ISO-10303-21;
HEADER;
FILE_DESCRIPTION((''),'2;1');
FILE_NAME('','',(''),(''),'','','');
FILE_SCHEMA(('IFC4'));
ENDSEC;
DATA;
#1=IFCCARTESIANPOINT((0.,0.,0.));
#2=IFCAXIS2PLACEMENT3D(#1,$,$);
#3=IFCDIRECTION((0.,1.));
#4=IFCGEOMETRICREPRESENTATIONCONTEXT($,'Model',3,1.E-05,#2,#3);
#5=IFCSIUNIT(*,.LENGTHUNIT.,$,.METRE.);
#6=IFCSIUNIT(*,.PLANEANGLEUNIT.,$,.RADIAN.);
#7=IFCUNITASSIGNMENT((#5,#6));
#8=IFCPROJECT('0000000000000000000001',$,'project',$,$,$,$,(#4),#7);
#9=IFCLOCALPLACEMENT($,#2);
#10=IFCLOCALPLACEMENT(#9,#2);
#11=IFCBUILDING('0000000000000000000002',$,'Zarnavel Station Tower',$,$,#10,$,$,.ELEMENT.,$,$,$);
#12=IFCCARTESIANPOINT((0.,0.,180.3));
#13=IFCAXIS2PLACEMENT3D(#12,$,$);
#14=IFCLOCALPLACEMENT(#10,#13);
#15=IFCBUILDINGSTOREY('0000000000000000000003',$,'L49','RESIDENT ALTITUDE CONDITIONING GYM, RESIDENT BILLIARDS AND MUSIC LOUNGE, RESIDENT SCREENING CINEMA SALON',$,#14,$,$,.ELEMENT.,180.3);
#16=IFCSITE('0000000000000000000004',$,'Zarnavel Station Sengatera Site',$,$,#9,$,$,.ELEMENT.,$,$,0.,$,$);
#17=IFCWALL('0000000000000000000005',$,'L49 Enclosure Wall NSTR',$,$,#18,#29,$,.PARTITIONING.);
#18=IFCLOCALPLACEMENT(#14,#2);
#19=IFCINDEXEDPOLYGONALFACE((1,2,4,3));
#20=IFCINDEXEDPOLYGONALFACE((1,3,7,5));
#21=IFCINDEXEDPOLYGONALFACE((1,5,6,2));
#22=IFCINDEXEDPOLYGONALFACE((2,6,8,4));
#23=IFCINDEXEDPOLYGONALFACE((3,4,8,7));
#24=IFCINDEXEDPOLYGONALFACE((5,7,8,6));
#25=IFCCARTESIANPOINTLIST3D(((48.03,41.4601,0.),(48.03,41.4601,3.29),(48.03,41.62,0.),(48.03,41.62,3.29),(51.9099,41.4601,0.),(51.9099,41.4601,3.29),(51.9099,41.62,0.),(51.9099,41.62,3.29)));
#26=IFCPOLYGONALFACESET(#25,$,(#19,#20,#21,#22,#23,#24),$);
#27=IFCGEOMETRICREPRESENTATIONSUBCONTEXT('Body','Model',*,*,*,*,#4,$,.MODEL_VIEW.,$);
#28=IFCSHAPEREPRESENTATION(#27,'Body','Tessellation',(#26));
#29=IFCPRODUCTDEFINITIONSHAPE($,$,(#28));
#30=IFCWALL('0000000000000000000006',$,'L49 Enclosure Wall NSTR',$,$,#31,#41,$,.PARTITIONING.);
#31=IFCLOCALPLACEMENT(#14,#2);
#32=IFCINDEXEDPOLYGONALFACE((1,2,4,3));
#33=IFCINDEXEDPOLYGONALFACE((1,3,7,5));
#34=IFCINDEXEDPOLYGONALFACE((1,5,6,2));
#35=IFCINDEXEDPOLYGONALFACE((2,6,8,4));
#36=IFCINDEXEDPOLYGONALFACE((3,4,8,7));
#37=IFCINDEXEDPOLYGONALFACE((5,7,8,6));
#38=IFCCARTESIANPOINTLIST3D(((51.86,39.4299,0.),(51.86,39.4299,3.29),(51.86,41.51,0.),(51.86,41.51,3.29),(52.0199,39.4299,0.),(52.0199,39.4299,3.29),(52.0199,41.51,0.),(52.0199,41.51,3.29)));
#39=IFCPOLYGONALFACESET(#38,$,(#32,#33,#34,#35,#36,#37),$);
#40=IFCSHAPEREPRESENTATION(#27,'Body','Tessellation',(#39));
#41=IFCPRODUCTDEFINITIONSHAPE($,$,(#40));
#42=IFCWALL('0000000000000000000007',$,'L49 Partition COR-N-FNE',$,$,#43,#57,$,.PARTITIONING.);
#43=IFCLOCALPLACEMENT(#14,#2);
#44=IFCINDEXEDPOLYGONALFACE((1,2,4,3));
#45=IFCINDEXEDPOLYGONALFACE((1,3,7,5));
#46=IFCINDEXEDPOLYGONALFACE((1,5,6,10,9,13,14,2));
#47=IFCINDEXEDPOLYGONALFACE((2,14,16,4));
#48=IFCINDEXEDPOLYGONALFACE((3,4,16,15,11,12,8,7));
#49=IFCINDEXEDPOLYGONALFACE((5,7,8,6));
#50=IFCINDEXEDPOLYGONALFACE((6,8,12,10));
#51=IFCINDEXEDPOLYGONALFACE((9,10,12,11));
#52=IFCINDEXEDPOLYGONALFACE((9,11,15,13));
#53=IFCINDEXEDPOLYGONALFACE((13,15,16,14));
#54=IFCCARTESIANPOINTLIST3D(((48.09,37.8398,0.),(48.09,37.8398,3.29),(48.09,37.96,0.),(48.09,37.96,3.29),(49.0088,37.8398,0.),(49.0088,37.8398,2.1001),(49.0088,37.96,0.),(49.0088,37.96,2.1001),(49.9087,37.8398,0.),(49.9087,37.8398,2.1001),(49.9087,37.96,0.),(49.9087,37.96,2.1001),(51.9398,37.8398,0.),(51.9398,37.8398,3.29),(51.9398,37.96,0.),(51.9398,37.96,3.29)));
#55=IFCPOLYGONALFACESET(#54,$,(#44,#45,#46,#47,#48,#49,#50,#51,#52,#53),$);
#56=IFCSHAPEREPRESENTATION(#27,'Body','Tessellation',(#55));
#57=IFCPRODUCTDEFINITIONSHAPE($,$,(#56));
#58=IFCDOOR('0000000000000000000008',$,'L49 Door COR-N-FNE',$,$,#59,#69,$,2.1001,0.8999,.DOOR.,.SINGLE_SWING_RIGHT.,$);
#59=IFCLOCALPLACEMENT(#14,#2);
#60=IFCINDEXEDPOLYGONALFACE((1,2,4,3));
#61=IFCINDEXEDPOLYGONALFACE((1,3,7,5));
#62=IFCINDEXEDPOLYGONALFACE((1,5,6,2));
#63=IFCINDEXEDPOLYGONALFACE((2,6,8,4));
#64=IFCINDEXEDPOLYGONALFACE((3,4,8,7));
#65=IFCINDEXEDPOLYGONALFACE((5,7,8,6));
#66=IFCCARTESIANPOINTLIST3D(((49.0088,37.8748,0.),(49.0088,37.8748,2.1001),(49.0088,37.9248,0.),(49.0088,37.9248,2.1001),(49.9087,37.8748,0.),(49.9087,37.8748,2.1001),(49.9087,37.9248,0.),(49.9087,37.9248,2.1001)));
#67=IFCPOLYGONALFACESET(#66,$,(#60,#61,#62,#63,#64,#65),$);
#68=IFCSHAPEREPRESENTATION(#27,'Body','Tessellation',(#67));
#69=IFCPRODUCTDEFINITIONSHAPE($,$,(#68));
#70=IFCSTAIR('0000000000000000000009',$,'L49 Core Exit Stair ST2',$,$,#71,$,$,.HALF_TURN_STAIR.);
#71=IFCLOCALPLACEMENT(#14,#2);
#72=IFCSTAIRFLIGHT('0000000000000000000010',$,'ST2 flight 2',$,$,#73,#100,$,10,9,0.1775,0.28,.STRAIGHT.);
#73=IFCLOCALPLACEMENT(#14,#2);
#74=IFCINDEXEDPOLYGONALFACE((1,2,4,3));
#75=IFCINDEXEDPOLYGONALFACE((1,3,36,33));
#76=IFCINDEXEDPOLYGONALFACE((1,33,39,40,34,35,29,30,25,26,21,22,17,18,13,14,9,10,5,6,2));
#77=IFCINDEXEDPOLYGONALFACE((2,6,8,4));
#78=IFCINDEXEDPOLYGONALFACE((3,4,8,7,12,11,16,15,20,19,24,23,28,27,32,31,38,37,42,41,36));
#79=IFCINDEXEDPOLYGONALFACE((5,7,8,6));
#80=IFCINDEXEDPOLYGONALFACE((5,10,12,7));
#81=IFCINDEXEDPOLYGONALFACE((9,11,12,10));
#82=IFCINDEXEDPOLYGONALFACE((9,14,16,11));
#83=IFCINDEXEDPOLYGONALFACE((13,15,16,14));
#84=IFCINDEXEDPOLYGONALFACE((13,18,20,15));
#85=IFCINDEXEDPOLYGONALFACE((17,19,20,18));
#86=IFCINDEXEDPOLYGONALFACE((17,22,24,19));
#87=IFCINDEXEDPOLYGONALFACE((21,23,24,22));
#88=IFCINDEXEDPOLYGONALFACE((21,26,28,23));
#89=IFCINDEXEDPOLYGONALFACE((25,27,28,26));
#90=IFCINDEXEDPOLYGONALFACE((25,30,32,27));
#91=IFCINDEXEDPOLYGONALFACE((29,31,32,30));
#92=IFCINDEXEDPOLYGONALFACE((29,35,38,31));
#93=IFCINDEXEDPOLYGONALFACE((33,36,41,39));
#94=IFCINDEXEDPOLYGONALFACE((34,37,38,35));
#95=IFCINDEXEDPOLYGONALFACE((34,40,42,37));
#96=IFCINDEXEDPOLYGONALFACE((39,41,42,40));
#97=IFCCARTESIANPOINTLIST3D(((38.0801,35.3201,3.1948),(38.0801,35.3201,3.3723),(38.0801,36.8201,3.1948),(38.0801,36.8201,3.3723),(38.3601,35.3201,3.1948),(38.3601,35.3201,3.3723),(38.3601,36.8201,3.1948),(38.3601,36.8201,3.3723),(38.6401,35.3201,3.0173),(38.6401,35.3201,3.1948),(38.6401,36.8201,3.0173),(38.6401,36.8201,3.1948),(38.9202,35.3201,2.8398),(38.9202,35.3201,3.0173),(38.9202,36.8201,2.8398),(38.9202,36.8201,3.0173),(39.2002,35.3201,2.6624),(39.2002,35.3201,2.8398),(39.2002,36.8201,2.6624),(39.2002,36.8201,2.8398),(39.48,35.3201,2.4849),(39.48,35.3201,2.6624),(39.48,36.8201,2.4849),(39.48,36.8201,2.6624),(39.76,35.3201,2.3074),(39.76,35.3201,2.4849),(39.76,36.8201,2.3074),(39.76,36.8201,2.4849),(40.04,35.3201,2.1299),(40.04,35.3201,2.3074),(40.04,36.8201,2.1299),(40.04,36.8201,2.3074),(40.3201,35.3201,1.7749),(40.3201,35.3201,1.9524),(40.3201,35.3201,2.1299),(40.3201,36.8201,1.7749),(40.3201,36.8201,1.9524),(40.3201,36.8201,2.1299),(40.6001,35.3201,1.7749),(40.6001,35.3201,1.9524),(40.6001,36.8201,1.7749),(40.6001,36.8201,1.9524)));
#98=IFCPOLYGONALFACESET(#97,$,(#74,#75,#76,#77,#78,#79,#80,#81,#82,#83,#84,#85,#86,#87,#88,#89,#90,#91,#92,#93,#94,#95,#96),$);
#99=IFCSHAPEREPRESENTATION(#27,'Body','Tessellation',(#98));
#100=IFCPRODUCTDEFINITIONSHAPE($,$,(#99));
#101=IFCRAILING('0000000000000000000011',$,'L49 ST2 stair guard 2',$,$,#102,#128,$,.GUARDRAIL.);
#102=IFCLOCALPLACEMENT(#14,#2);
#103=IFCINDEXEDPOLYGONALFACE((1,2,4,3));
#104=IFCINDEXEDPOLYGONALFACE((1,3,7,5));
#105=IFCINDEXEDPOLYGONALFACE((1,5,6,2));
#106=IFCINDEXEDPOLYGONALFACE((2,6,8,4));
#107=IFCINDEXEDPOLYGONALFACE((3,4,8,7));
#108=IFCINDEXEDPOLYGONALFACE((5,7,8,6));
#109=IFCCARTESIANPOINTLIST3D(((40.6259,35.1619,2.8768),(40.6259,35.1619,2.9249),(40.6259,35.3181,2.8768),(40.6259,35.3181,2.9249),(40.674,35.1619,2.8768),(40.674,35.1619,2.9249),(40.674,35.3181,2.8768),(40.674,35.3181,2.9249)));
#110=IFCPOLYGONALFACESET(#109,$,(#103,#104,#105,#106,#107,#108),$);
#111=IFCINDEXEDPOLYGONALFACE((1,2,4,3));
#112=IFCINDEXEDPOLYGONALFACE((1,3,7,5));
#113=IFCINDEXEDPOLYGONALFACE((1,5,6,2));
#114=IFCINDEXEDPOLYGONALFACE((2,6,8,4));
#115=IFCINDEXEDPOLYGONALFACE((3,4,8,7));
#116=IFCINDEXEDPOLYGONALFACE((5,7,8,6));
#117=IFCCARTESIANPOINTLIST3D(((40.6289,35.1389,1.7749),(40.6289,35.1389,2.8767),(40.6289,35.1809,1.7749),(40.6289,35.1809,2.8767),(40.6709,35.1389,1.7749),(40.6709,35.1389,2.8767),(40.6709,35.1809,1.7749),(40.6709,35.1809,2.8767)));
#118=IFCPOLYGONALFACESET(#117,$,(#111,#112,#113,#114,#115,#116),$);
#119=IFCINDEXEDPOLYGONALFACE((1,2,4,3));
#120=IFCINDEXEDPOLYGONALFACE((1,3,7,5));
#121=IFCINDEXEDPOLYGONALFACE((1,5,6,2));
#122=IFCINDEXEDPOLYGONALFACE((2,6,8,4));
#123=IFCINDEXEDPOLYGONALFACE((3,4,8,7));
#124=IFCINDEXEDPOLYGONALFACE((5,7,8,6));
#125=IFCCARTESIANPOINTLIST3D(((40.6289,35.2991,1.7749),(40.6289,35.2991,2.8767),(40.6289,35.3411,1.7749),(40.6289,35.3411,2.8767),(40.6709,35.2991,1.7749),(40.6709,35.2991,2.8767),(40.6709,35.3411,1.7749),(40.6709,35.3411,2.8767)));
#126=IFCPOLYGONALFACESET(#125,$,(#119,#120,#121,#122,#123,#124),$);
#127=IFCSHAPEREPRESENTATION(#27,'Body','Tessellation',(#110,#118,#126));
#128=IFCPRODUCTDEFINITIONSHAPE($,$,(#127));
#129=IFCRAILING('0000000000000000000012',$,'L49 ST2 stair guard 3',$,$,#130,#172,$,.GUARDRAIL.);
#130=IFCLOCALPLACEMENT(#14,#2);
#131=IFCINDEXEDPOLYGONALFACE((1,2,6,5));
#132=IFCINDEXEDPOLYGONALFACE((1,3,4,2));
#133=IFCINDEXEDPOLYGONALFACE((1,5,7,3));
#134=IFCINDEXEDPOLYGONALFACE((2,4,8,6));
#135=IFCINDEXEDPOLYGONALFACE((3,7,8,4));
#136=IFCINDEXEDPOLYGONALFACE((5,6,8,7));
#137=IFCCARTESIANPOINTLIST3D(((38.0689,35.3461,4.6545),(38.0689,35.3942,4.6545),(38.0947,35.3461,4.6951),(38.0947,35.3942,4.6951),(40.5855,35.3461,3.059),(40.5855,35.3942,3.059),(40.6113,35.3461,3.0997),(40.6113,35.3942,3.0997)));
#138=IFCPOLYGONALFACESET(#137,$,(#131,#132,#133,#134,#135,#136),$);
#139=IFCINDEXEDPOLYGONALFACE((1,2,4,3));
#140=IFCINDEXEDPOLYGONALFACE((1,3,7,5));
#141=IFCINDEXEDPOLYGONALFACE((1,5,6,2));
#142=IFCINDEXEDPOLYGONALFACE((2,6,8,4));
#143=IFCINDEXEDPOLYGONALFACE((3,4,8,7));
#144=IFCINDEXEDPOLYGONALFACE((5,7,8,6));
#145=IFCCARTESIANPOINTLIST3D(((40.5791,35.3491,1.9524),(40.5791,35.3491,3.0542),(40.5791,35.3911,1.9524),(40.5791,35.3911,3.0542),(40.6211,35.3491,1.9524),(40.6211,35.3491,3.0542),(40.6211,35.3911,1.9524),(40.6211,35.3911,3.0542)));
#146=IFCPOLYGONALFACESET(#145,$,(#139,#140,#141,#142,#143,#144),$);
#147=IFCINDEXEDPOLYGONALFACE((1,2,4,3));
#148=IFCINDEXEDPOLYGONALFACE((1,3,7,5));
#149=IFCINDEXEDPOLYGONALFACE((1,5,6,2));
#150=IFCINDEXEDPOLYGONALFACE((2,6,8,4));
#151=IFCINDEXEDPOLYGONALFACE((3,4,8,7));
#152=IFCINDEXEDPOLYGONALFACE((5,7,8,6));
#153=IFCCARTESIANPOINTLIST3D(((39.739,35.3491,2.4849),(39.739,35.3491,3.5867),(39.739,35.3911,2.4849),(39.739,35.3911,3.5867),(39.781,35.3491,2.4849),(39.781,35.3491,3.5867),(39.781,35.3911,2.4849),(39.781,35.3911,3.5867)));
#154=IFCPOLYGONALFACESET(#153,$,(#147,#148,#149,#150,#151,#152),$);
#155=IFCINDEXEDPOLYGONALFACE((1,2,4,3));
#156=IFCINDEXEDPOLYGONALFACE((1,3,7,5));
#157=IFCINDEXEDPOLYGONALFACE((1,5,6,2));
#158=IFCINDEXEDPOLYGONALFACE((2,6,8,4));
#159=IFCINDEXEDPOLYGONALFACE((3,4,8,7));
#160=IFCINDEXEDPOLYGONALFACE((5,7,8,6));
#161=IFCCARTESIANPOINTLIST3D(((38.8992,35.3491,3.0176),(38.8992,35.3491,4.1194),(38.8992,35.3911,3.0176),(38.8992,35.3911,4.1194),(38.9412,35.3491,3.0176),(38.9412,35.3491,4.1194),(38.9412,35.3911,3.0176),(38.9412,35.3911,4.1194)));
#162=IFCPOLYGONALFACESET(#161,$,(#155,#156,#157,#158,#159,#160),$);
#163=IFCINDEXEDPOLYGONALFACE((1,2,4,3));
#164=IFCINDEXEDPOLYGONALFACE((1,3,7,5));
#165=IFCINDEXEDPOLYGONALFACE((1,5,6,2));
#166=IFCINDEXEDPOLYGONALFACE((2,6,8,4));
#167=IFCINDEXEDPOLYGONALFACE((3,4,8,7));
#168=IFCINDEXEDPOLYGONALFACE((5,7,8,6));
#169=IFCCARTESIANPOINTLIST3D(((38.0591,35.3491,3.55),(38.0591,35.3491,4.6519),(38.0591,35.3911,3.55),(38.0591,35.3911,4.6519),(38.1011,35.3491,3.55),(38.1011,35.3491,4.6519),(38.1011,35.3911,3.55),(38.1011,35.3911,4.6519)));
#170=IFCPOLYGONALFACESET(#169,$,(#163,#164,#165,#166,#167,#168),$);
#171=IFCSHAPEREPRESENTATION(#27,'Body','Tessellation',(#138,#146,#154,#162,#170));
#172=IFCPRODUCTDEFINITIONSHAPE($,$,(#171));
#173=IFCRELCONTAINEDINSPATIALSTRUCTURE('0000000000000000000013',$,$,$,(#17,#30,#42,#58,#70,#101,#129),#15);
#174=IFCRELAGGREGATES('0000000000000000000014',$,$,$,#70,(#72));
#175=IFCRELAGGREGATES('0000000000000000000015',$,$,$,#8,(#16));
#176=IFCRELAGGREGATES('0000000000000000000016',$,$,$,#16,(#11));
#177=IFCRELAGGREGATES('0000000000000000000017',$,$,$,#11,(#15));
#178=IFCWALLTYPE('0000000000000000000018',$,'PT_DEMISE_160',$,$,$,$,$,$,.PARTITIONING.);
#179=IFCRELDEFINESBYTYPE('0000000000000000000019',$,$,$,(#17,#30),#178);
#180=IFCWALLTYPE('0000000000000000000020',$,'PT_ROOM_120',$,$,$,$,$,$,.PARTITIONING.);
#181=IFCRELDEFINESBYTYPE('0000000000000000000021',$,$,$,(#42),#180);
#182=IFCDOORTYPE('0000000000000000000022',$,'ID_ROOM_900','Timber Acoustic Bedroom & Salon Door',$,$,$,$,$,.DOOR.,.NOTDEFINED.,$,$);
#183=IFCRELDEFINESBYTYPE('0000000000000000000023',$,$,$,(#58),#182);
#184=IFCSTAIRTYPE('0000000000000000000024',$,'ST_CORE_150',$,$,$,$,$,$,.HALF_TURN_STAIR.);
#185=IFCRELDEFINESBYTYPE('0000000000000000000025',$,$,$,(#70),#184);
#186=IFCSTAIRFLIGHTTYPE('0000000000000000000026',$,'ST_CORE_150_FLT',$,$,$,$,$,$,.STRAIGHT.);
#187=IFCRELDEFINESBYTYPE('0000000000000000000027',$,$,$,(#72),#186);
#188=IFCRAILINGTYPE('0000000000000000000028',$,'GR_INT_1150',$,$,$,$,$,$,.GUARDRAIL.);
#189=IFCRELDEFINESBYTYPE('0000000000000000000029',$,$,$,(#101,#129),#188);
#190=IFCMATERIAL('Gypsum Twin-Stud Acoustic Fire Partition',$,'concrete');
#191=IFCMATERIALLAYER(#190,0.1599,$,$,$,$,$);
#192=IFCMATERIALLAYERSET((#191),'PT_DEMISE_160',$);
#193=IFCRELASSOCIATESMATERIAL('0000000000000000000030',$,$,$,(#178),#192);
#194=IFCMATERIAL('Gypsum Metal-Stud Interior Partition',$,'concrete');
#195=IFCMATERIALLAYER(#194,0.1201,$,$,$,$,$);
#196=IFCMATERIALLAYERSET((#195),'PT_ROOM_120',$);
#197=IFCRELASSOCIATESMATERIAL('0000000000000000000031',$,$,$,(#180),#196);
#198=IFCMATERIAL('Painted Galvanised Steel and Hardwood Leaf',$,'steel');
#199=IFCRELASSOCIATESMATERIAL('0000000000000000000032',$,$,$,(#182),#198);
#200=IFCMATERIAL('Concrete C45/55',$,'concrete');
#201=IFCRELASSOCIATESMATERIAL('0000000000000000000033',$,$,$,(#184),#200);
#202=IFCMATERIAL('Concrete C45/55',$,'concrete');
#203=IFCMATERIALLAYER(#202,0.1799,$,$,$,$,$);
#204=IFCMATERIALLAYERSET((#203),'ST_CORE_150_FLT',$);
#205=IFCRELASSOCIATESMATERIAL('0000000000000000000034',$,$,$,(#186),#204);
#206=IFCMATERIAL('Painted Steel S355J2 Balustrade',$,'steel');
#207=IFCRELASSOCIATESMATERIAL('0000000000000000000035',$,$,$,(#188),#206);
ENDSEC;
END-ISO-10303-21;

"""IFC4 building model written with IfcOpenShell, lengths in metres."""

from ifc_helpers import new_model, si_unit, direction, frame, frame_2d, origin, origin_2d, place, context, subcontext, project, spatial, polyline, rectangle, outline, extrude, material, layer, layer_set, type_object, element, fill, aggregate, save


model = new_model("IFC4")

# Units and contexts
model_context = context("Model", 3, precision=1e-05, world=origin(), true_north=direction((0.0, 1.0)))
body_context = subcontext(model_context, "Body", "Model", "MODEL_VIEW")
ifc_project = project(units=[si_unit("LENGTHUNIT", "METRE"), si_unit("PLANEANGLEUNIT", "RADIAN")], contexts=[model_context])

# Site, building, storey
site_placement = place(None, origin())
site = spatial("IfcSite", under=ifc_project, at=site_placement, Name="Zarnavel Station Sengatera Site", CompositionType="ELEMENT", RefElevation=0.0)
building_placement = place(site_placement, origin())
building = spatial("IfcBuilding", under=site, at=building_placement, Name="Zarnavel Station Tower", CompositionType="ELEMENT")
storey_placement = place(building_placement, frame((0.0, 0.0, 180.3)))
storey = spatial("IfcBuildingStorey", under=building, at=storey_placement, Name="L49", Description="RESIDENT ALTITUDE CONDITIONING GYM, RESIDENT BILLIARDS AND MUSIC LOUNGE, RESIDENT SCREENING CINEMA SALON", CompositionType="ELEMENT", Elevation=180.3)

# Walls
ifc_material_1 = material(Name="Gypsum Twin-Stud Acoustic Fire Partition", Category="concrete")
ifc_layer_1 = layer(ifc_material_1, 0.1599)
ifc_layer_set_1 = layer_set([ifc_layer_1], Name="PT_DEMISE_160")
wall_type_1 = type_object("IfcWallType", Name="PT_DEMISE_160", PredefinedType="PARTITIONING", material=ifc_layer_set_1)
wall_1_placement = place(storey_placement, frame((48.03, 41.54, 0.0), z_axis=(0.0, 0.0, 1.0), x_axis=(1.0, 0.0, 0.0)))
element("IfcWall", 1, at=wall_1_placement, inside=storey, type_object=wall_type_1, Name="L49 Enclosure Wall NSTR", PredefinedType="PARTITIONING", context=body_context, shape_type="SweptSolid", body=[
    extrude(rectangle(XDim=3.8799, YDim=0.1599, at=frame_2d((1.9399, 0.0))), origin(), (0.0, 0.0, 1.0), 3.29),
])
wall_2_placement = place(storey_placement, frame((51.9399, 39.4299, 0.0), z_axis=(0.0, 0.0, 1.0), x_axis=(0.0, 1.0, 0.0)))
element("IfcWall", 2, at=wall_2_placement, inside=storey, type_object=wall_type_1, Name="L49 Enclosure Wall NSTR", PredefinedType="PARTITIONING", context=body_context, shape_type="SweptSolid", body=[
    extrude(rectangle(XDim=2.0801, YDim=0.1599, at=frame_2d((1.04, 0.0))), origin(), (0.0, 0.0, 1.0), 3.29),
])

# Wall, opening, door
ifc_material_2 = material(Name="Gypsum Metal-Stud Interior Partition", Category="concrete")
ifc_layer_2 = layer(ifc_material_2, 0.1201)
ifc_layer_set_2 = layer_set([ifc_layer_2], Name="PT_ROOM_120")
wall_type_2 = type_object("IfcWallType", Name="PT_ROOM_120", PredefinedType="PARTITIONING", material=ifc_layer_set_2)
wall_3_placement = place(storey_placement, frame((48.0901, 37.8999, 0.0), z_axis=(0.0, 0.0, 1.0), x_axis=(1.0, 0.0, 0.0)))
wall_3 = element("IfcWall", 3, at=wall_3_placement, inside=storey, type_object=wall_type_2, Name="L49 Partition COR-N-FNE", PredefinedType="PARTITIONING", context=body_context, shape_type="SweptSolid", body=[
    extrude(rectangle(XDim=3.8499, YDim=0.1201, at=frame_2d((1.9248, 0.0))), origin(), (0.0, 0.0, 1.0), 3.29),
])
opening_1_placement = place(wall_3_placement, frame((0.9187, 0.0, 0.0)))
opening_1 = element("IfcOpeningElement", 4, at=opening_1_placement, cuts=wall_3, PredefinedType="OPENING", context=body_context, shape_type="SweptSolid", body=[
    extrude(rectangle(XDim=0.8999, YDim=2.1001, at=frame_2d((0.45, 1.05))), frame((0.0, 0.0701, 0.0), z_axis=(0.0, -1.0, 0.0), x_axis=(1.0, 0.0, 0.0)), (0.0, 0.0, 1.0), 0.1401),
])
ifc_material_3 = material(Name="Painted Galvanised Steel and Hardwood Leaf", Category="steel")
door_type_1 = type_object("IfcDoorType", Name="ID_ROOM_900", Description="Timber Acoustic Bedroom & Salon Door", OperationType="NOTDEFINED", PredefinedType="DOOR", material=ifc_material_3)
door_1_placement = place(opening_1_placement, origin())
door_1 = element("IfcDoor", 5, at=door_1_placement, inside=storey, type_object=door_type_1, Name="L49 Door COR-N-FNE", OperationType="SINGLE_SWING_RIGHT", OverallHeight=2.1001, OverallWidth=0.8999, PredefinedType="DOOR", context=body_context, shape_type="SweptSolid", body=[
    extrude(rectangle(XDim=0.8999, YDim=2.1001, at=frame_2d((0.45, 1.05))), frame((0.0, 0.0249, 0.0), z_axis=(0.0, -1.0, 0.0), x_axis=(1.0, 0.0, 0.0)), (0.0, 0.0, 1.0), 0.05),
])
fill(opening_1, door_1)

# Stair, stair flight
ifc_material_4 = material(Name="Concrete C45/55", Category="concrete")
stair_type = type_object("IfcStairType", Name="ST_CORE_150", PredefinedType="HALF_TURN_STAIR", material=ifc_material_4)
stair_placement = place(storey_placement, origin())
stair = element("IfcStair", 6, at=stair_placement, inside=storey, type_object=stair_type, Name="L49 Core Exit Stair ST2", PredefinedType="HALF_TURN_STAIR")
ifc_material_5 = material(Name="Concrete C45/55", Category="concrete")
ifc_layer_3 = layer(ifc_material_5, 0.1799)
ifc_layer_set_3 = layer_set([ifc_layer_3], Name="ST_CORE_150_FLT")
stair_flight_type = type_object("IfcStairFlightType", Name="ST_CORE_150_FLT", PredefinedType="STRAIGHT", material=ifc_layer_set_3)
stair_flight_placement = place(storey_placement, frame((40.6001, 36.0701, 1.7749), z_axis=(0.0, 0.0, 1.0), x_axis=(-1.0, 0.0, 0.0)))
stair_flight = element("IfcStairFlight", 7, at=stair_flight_placement, type_object=stair_flight_type, Name="ST2 flight 2", NumberOfRisers=10, NumberOfTreads=9, PredefinedType="STRAIGHT", RiserHeight=0.1775, TreadLength=0.28, context=body_context, shape_type="SweptSolid", body=[
    extrude(outline(polyline([(0.0, 0.0), (0.0, 0.1775), (0.28, 0.1775), (0.28, 0.355), (0.5601, 0.355), (0.5601, 0.5325), (0.8401, 0.5325), (0.8401, 0.71), (1.1201, 0.71), (1.1201, 0.8875), (1.3999, 0.8875), (1.3999, 1.0649), (1.6799, 1.0649), (1.6799, 1.2424), (1.96, 1.2424), (1.96, 1.4199), (2.24, 1.4199), (2.24, 1.5974), (2.52, 1.5974), (2.52, 1.7749), (2.52, 1.4199), (0.28, 0.0), (0.0, 0.0)])), frame((0.0, 0.75, 0.0), z_axis=(0.0, -1.0, 0.0), x_axis=(1.0, 0.0, 0.0)), (0.0, 0.0, 1.0), 1.5),
])
aggregate(stair, [stair_flight])

# Railings
ifc_material_6 = material(Name="Painted Steel S355J2 Balustrade", Category="steel")
railing_type_1 = type_object("IfcRailingType", Name="GR_INT_1150", PredefinedType="GUARDRAIL", material=ifc_material_6)
railing_1_placement = place(storey_placement, frame((40.6499, 35.1599, 1.7749)))
element("IfcRailing", 8, at=railing_1_placement, inside=storey, type_object=railing_type_1, Name="L49 ST2 stair guard 2", PredefinedType="GUARDRAIL", context=body_context, shape_type="SweptSolid", body=[
    extrude(rectangle(XDim=0.0481, YDim=0.0481, at=origin_2d()), frame((0.0, 0.002, 1.126), z_axis=(0.0, 1.0, 0.0), x_axis=(-1.0, 0.0, 0.0)), (0.0, 0.0, 1.0), 0.1562),
    extrude(rectangle(XDim=0.042, YDim=0.042, at=origin_2d()), origin(), (0.0, 0.0, 1.0), 1.1018),
    extrude(rectangle(XDim=0.042, YDim=0.042, at=origin_2d()), frame((0.0, 0.1602, 0.0)), (0.0, 0.0, 1.0), 1.1018),
])
railing_2_placement = place(storey_placement, frame((40.6001, 35.3701, 1.9524)))
element("IfcRailing", 9, at=railing_2_placement, inside=storey, type_object=railing_type_1, Name="L49 ST2 stair guard 3", PredefinedType="GUARDRAIL", context=body_context, shape_type="SweptSolid", body=[
    extrude(rectangle(XDim=0.0481, YDim=0.0481, at=origin_2d()), frame((-0.0017, 0.0, 1.127), z_axis=(-0.84457, 0.0, 0.535445), x_axis=(0.0, -1.0, 0.0)), (0.0, 0.0, 1.0), 2.9797),
    extrude(rectangle(XDim=0.042, YDim=0.042, at=origin_2d()), origin(), (0.0, 0.0, 1.0), 1.1018),
    extrude(rectangle(XDim=0.042, YDim=0.042, at=origin_2d()), frame((-0.8401, 0.0, 0.5325)), (0.0, 0.0, 1.0), 1.1018),
    extrude(rectangle(XDim=0.042, YDim=0.042, at=origin_2d()), frame((-1.6799, 0.0, 1.0652)), (0.0, 0.0, 1.0), 1.1018),
    extrude(rectangle(XDim=0.042, YDim=0.042, at=origin_2d()), frame((-2.52, 0.0, 1.5977)), (0.0, 0.0, 1.0), 1.1018),
])

save(model, "model.ifc")
